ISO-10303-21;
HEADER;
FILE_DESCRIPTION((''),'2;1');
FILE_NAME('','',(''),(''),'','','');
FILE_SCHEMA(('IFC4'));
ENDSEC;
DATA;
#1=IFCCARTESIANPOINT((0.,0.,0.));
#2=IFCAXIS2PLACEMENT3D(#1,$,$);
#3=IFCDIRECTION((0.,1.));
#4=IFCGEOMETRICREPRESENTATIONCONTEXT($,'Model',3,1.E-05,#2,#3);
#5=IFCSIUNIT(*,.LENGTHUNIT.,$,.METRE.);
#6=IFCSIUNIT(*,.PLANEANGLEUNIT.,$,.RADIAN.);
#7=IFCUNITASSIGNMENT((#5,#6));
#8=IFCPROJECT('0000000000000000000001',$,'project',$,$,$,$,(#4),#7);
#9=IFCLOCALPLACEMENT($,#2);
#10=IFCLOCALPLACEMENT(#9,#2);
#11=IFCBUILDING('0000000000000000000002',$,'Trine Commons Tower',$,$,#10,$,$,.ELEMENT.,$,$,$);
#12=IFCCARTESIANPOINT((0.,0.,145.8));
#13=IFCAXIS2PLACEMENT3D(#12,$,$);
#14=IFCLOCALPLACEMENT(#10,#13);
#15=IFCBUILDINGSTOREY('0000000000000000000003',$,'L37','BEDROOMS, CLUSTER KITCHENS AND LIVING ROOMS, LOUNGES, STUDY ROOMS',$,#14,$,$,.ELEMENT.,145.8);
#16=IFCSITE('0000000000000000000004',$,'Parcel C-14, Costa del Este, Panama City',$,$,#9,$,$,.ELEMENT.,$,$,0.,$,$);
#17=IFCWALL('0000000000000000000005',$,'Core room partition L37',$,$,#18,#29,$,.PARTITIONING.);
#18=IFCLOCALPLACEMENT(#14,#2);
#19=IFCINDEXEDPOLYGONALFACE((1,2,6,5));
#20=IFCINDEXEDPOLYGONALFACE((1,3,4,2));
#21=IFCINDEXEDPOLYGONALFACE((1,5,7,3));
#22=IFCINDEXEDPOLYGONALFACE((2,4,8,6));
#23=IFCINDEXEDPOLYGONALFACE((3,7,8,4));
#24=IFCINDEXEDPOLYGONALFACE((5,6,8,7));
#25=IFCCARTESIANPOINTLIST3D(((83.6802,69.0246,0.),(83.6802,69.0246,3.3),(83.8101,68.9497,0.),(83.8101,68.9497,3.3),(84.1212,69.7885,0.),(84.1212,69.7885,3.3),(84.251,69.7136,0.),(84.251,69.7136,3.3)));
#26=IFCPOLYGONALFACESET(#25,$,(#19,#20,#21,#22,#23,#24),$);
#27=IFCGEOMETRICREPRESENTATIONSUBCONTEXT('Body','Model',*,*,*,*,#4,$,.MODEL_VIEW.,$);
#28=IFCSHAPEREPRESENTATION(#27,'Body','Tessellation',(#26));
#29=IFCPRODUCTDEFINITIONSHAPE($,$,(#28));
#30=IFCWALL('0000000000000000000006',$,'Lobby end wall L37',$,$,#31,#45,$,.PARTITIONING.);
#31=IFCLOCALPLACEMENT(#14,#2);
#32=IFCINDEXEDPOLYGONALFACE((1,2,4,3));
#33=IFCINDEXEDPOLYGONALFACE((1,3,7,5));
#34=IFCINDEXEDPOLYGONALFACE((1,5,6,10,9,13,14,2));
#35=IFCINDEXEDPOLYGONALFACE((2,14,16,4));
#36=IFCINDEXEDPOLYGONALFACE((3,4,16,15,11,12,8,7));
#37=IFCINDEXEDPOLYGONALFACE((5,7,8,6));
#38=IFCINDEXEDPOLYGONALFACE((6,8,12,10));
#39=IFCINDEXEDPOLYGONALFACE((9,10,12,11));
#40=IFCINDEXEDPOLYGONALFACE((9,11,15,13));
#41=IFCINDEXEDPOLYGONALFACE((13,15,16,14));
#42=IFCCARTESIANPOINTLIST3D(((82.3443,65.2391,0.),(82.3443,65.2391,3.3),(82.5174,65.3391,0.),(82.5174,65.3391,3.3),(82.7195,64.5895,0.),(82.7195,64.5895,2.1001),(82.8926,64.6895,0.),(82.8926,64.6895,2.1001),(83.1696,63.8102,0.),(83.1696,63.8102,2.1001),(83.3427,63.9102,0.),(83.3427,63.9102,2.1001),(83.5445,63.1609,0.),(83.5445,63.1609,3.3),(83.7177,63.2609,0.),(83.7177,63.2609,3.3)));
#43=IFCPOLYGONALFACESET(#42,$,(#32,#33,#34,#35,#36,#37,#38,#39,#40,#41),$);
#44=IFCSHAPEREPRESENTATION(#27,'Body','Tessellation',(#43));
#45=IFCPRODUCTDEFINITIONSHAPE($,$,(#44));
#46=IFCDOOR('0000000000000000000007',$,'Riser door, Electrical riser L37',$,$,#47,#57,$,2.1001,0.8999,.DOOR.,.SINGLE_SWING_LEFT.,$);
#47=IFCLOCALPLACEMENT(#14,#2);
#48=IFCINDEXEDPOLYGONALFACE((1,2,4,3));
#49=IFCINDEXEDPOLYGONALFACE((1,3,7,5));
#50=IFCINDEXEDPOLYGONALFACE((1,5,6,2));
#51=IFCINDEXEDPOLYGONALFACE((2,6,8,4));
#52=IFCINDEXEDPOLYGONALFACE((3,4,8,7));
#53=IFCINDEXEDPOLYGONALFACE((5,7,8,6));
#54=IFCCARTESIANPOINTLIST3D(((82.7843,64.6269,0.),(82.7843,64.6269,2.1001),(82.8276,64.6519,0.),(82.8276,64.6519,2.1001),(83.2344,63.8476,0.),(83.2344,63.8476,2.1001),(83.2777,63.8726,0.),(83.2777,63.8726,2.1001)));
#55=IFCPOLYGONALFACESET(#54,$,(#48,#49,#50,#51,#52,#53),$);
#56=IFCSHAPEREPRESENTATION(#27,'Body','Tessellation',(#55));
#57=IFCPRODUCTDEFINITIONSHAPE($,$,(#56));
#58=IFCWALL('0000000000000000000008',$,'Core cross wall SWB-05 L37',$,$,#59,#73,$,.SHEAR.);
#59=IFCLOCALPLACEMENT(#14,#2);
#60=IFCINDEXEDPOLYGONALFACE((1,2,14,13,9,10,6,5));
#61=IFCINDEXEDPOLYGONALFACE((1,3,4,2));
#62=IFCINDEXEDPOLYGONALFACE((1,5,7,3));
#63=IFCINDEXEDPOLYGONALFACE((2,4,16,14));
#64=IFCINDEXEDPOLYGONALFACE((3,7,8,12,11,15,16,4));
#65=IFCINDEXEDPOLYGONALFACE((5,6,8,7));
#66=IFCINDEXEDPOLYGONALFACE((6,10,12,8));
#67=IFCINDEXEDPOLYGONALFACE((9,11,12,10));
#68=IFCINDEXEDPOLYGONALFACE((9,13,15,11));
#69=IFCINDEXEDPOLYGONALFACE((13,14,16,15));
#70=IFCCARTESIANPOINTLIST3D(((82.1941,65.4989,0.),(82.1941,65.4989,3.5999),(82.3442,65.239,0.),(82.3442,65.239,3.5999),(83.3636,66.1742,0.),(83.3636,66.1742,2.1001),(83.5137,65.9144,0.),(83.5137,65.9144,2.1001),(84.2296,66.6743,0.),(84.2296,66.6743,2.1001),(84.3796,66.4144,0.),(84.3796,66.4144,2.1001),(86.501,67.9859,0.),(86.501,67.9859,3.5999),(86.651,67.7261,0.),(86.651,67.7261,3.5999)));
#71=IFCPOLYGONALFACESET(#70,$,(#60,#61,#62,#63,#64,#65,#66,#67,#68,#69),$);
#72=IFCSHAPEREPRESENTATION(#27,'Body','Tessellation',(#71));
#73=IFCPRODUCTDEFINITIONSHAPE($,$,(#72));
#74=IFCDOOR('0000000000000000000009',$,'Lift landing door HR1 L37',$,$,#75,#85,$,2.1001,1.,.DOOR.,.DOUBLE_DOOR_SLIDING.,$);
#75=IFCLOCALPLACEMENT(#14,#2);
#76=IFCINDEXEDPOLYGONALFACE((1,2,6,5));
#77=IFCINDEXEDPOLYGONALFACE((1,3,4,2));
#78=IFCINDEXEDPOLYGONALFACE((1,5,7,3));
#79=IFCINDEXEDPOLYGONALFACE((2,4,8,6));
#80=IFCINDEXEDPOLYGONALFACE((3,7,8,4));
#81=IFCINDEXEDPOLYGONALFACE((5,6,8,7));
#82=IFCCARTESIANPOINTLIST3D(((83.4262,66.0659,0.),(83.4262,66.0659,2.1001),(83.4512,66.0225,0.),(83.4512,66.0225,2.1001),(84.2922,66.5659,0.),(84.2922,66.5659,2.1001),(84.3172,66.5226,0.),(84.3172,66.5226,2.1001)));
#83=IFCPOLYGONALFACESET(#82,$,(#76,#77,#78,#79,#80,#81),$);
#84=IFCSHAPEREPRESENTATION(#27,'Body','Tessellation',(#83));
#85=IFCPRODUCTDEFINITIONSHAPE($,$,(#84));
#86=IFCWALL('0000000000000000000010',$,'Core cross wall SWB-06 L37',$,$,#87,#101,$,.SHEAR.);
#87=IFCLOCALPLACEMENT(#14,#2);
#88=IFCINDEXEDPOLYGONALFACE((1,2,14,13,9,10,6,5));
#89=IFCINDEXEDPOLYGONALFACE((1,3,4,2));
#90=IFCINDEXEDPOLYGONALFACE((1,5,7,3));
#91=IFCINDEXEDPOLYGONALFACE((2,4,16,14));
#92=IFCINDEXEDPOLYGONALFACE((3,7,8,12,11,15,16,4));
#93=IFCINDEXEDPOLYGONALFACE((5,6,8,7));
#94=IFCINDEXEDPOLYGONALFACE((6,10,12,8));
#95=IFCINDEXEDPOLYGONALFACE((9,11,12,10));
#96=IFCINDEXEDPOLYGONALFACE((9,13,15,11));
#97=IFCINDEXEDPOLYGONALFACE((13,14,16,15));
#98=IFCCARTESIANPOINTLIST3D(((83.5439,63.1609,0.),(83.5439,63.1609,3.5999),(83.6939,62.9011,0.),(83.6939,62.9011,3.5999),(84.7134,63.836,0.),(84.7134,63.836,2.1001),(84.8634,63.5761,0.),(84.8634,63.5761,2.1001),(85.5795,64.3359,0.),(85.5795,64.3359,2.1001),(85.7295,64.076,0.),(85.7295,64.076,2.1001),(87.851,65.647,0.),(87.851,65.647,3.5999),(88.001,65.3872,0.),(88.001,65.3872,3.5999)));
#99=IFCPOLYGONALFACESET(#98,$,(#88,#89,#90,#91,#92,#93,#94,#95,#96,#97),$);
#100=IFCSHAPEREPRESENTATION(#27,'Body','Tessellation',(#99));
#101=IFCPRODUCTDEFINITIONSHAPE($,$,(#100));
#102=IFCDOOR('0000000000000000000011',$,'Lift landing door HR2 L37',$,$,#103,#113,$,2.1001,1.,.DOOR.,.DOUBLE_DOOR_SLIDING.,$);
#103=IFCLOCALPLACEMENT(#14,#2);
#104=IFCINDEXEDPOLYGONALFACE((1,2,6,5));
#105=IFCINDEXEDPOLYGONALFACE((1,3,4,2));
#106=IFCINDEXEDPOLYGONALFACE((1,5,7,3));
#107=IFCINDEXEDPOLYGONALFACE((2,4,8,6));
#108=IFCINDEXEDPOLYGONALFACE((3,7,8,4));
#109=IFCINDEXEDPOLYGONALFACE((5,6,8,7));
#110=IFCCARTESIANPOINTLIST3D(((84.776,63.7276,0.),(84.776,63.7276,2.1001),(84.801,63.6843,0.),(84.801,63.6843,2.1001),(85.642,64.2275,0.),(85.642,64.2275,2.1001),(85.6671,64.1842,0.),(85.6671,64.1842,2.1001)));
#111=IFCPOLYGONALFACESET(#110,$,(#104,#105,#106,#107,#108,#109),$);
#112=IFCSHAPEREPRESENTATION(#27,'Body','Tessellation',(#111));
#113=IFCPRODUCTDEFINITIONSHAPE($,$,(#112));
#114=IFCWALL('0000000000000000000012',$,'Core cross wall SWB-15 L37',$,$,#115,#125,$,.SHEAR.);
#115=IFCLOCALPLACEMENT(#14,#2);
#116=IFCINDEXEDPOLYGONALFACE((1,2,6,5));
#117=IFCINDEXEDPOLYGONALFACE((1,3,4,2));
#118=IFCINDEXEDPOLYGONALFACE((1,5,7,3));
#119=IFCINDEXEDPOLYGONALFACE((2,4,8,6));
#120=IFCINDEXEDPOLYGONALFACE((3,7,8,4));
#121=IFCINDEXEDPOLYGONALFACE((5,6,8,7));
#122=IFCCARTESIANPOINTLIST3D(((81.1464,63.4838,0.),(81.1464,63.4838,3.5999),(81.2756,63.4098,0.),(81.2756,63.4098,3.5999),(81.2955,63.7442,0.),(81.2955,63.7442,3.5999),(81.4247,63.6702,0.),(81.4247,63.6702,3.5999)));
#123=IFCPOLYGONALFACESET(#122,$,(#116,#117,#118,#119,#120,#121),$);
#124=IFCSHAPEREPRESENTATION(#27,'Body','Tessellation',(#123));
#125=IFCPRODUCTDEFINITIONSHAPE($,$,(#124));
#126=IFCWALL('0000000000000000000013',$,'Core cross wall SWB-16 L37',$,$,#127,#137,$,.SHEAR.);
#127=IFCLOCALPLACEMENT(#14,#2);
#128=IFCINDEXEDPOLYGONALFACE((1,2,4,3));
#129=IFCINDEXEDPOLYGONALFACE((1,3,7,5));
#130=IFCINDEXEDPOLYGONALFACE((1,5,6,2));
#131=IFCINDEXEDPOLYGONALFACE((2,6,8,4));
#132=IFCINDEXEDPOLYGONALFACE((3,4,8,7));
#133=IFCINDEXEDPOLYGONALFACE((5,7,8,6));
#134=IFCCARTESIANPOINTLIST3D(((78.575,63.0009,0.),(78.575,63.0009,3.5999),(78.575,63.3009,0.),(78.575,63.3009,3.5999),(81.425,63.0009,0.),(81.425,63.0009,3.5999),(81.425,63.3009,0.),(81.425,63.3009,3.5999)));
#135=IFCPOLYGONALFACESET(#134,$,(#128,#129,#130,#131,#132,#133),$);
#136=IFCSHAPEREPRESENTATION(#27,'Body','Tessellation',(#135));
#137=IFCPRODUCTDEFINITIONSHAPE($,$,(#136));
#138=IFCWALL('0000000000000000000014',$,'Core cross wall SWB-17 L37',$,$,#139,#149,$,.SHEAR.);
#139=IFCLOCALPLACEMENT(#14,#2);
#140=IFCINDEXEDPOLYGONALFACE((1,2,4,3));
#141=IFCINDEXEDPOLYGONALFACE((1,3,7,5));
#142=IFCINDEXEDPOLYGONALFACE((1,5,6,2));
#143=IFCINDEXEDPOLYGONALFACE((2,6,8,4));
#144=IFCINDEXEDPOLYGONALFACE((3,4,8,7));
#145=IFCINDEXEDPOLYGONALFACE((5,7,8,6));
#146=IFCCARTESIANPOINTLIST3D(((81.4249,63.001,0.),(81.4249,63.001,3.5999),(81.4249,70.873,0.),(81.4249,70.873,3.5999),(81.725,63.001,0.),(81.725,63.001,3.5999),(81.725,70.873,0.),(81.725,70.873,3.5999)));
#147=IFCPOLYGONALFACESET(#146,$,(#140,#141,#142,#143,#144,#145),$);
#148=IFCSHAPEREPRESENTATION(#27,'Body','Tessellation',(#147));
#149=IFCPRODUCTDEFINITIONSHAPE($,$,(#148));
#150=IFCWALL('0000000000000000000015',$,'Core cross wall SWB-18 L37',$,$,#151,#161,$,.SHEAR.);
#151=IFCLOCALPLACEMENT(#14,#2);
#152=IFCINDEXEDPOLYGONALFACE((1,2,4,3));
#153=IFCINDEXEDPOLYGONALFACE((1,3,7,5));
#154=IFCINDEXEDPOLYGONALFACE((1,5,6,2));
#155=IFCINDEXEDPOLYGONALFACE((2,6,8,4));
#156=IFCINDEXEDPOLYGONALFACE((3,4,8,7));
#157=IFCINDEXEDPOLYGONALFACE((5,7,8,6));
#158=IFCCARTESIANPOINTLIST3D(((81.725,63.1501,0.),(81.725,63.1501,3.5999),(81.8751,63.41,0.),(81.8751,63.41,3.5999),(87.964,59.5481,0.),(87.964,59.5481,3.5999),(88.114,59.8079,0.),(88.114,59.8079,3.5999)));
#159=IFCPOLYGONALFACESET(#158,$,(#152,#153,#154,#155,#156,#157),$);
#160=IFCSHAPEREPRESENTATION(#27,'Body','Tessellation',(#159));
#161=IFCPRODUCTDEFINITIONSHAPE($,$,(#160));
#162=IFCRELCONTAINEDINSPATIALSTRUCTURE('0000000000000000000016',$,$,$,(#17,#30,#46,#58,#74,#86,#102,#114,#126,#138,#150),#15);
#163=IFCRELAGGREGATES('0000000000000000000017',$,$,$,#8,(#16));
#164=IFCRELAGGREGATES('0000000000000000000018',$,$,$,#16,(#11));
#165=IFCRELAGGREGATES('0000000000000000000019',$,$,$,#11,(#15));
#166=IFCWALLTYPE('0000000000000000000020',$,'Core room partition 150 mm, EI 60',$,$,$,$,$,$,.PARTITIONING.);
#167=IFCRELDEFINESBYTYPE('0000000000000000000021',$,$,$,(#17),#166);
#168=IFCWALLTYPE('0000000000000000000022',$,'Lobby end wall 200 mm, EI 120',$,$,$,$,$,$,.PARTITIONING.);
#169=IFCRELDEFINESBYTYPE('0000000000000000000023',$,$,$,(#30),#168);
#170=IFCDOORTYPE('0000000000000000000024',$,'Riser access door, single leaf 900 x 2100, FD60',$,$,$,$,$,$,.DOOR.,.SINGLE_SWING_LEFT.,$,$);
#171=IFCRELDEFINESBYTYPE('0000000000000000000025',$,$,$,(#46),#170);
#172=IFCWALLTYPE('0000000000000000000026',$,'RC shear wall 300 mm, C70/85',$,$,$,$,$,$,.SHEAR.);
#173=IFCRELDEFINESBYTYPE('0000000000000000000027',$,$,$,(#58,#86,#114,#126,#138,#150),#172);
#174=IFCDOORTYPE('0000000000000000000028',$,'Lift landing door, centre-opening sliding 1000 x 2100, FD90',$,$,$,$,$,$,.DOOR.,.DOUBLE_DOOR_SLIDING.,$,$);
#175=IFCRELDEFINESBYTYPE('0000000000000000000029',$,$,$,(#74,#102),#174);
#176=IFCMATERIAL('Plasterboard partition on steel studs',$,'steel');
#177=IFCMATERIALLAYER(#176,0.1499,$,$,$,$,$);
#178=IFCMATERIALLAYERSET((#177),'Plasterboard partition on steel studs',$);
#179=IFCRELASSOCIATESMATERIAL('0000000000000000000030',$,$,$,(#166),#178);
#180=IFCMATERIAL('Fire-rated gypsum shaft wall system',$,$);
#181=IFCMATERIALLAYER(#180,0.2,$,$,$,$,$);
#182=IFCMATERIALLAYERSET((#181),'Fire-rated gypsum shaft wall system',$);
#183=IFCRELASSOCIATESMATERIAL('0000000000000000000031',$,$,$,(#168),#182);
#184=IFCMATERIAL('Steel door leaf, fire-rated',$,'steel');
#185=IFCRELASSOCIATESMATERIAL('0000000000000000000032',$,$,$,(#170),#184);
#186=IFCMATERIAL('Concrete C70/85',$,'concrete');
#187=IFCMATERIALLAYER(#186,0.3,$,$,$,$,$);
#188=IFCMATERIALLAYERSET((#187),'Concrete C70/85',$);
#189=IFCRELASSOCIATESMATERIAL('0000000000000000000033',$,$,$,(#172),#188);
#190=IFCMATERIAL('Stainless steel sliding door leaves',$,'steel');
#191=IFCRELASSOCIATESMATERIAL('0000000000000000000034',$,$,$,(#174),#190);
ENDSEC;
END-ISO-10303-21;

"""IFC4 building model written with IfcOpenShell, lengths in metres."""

from ifc_helpers import new_model, si_unit, direction, frame, frame_2d, origin, place, context, subcontext, project, spatial, rectangle, extrude, material, layer, layer_set, type_object, element, fill, save


model = new_model("IFC4")

# Units and contexts
model_context = context("Model", 3, precision=1e-05, world=origin(), true_north=direction((0.0, 1.0)))
body_context = subcontext(model_context, "Body", "Model", "MODEL_VIEW")
ifc_project = project(units=[si_unit("LENGTHUNIT", "METRE"), si_unit("PLANEANGLEUNIT", "RADIAN")], contexts=[model_context])

# Site, building, storey
site_placement = place(None, origin())
site = spatial("IfcSite", under=ifc_project, at=site_placement, Name="Parcel C-14, Costa del Este, Panama City", CompositionType="ELEMENT", RefElevation=0.0)
building_placement = place(site_placement, origin())
building = spatial("IfcBuilding", under=site, at=building_placement, Name="Trine Commons Tower", CompositionType="ELEMENT")
storey_placement = place(building_placement, frame((0.0, 0.0, 145.8)))
storey = spatial("IfcBuildingStorey", under=building, at=storey_placement, Name="L37", Description="BEDROOMS, CLUSTER KITCHENS AND LIVING ROOMS, LOUNGES, STUDY ROOMS", CompositionType="ELEMENT", Elevation=145.8)

# Wall
ifc_material_1 = material(Name="Plasterboard partition on steel studs", Category="steel")
ifc_layer_1 = layer(ifc_material_1, 0.1499)
ifc_layer_set_1 = layer_set([ifc_layer_1], Name="Plasterboard partition on steel studs")
wall_type_1 = type_object("IfcWallType", Name="Core room partition 150 mm, EI 60", PredefinedType="PARTITIONING", material=ifc_layer_set_1)
wall_1_placement = place(storey_placement, frame((84.186, 69.751, 0.0), z_axis=(0.0, 0.0, 1.0), x_axis=(-0.49989, -0.866089, 0.0)))
element("IfcWall", 1, at=wall_1_placement, inside=storey, type_object=wall_type_1, Name="Core room partition L37", PredefinedType="PARTITIONING", context=body_context, shape_type="SweptSolid", body=[
    extrude(rectangle(XDim=0.8821, YDim=0.1499, at=frame_2d((0.4409, 0.0))), origin(), (0.0, 0.0, 1.0), 3.3),
])

# Walls, openings, doors
ifc_material_2 = material(Name="Fire-rated gypsum shaft wall system")
ifc_layer_2 = layer(ifc_material_2, 0.2)
ifc_layer_set_2 = layer_set([ifc_layer_2], Name="Fire-rated gypsum shaft wall system")
wall_type_2 = type_object("IfcWallType", Name="Lobby end wall 200 mm, EI 120", PredefinedType="PARTITIONING", material=ifc_layer_set_2)
wall_2_placement = place(storey_placement, frame((83.6311, 63.2109, 0.0), z_axis=(0.0, 0.0, 1.0), x_axis=(-0.500122, 0.865955, 0.0)))
wall_2 = element("IfcWall", 2, at=wall_2_placement, inside=storey, type_object=wall_type_2, Name="Lobby end wall L37", PredefinedType="PARTITIONING", context=body_context, shape_type="SweptSolid", body=[
    extrude(rectangle(XDim=2.3999, YDim=0.2, at=frame_2d((1.2, 0.0))), origin(), (0.0, 0.0, 1.0), 3.3),
])
opening_1_placement = place(wall_2_placement, frame((0.7498, 0.0, 0.0)))
opening_1 = element("IfcOpeningElement", 3, at=opening_1_placement, cuts=wall_2, PredefinedType="OPENING", context=body_context, shape_type="SweptSolid", body=[
    extrude(rectangle(XDim=0.8999, YDim=2.1001, at=frame_2d((0.45, 1.05))), frame((0.0, 0.1099, 0.0), z_axis=(0.0, -1.0, 0.0), x_axis=(1.0, 0.0, 0.0)), (0.0, 0.0, 1.0), 0.22),
])
ifc_material_3 = material(Name="Steel door leaf, fire-rated", Category="steel")
door_type_1 = type_object("IfcDoorType", Name="Riser access door, single leaf 900 x 2100, FD60", OperationType="SINGLE_SWING_LEFT", PredefinedType="DOOR", material=ifc_material_3)
door_1_placement = place(opening_1_placement, frame((0.8999, 0.0, 0.0), z_axis=(0.0, 0.0, 1.0), x_axis=(-1.0, 0.0, 0.0)))
door_1 = element("IfcDoor", 4, at=door_1_placement, inside=storey, type_object=door_type_1, Name="Riser door, Electrical riser L37", OperationType="SINGLE_SWING_LEFT", OverallHeight=2.1001, OverallWidth=0.8999, PredefinedType="DOOR", context=body_context, shape_type="SweptSolid", body=[
    extrude(rectangle(XDim=0.8999, YDim=2.1001, at=frame_2d((0.45, 1.05))), frame((0.0, 0.0249, 0.0), z_axis=(0.0, -1.0, 0.0), x_axis=(1.0, 0.0, 0.0)), (0.0, 0.0, 1.0), 0.05),
])
fill(opening_1, door_1)
ifc_material_4 = material(Name="Concrete C70/85", Category="concrete")
ifc_layer_3 = layer(ifc_material_4, 0.3)
ifc_layer_set_3 = layer_set([ifc_layer_3], Name="Concrete C70/85")
wall_type_3 = type_object("IfcWallType", Name="RC shear wall 300 mm, C70/85", PredefinedType="SHEAR", material=ifc_layer_set_3)
wall_3_placement = place(storey_placement, frame((82.269, 65.3689, 0.0), z_axis=(0.0, 0.0, 1.0), x_axis=(0.865984, 0.500072, 0.0)))
wall_3 = element("IfcWall", 5, at=wall_3_placement, inside=storey, type_object=wall_type_3, Name="Core cross wall SWB-05 L37", PredefinedType="SHEAR", context=body_context, shape_type="SweptSolid", body=[
    extrude(rectangle(XDim=4.9734, YDim=0.3, at=frame_2d((2.4868, 0.0))), origin(), (0.0, 0.0, 1.0), 3.5999),
])
opening_2_placement = place(wall_3_placement, frame((1.3506, 0.0, 0.0)))
opening_2 = element("IfcOpeningElement", 6, at=opening_2_placement, cuts=wall_3, PredefinedType="OPENING", context=body_context, shape_type="SweptSolid", body=[
    extrude(rectangle(XDim=1.0, YDim=2.1001, at=frame_2d((0.5, 1.05))), frame((0.0, 0.1599, 0.0), z_axis=(0.0, -1.0, 0.0), x_axis=(1.0, 0.0, 0.0)), (0.0, 0.0, 1.0), 0.3201),
])
ifc_material_5 = material(Name="Stainless steel sliding door leaves", Category="steel")
door_type_2 = type_object("IfcDoorType", Name="Lift landing door, centre-opening sliding 1000 x 2100, FD90", OperationType="DOUBLE_DOOR_SLIDING", PredefinedType="DOOR", material=ifc_material_5)
door_2_placement = place(opening_2_placement, origin())
door_2 = element("IfcDoor", 7, at=door_2_placement, inside=storey, type_object=door_type_2, Name="Lift landing door HR1 L37", OperationType="DOUBLE_DOOR_SLIDING", OverallHeight=2.1001, OverallWidth=1.0, PredefinedType="DOOR", context=body_context, shape_type="SweptSolid", body=[
    extrude(rectangle(XDim=1.0, YDim=2.1001, at=frame_2d((0.5, 1.05))), frame((0.0, 0.0249, 0.0), z_axis=(0.0, -1.0, 0.0), x_axis=(1.0, 0.0, 0.0)), (0.0, 0.0, 1.0), 0.05),
])
fill(opening_2, door_2)
wall_4_placement = place(storey_placement, frame((83.6189, 63.031, 0.0), z_axis=(0.0, 0.0, 1.0), x_axis=(0.866081, 0.499904, 0.0)))
wall_4 = element("IfcWall", 8, at=wall_4_placement, inside=storey, type_object=wall_type_3, Name="Core cross wall SWB-06 L37", PredefinedType="SHEAR", context=body_context, shape_type="SweptSolid", body=[
    extrude(rectangle(XDim=4.9731, YDim=0.3, at=frame_2d((2.4866, 0.0))), origin(), (0.0, 0.0, 1.0), 3.5999),
])
opening_3_placement = place(wall_4_placement, frame((1.3503, 0.0, 0.0)))
opening_3 = element("IfcOpeningElement", 9, at=opening_3_placement, cuts=wall_4, PredefinedType="OPENING", context=body_context, shape_type="SweptSolid", body=[
    extrude(rectangle(XDim=1.0, YDim=2.1001, at=frame_2d((0.5, 1.05))), frame((0.0, 0.1599, 0.0), z_axis=(0.0, -1.0, 0.0), x_axis=(1.0, 0.0, 0.0)), (0.0, 0.0, 1.0), 0.3201),
])
door_3_placement = place(opening_3_placement, origin())
door_3 = element("IfcDoor", 10, at=door_3_placement, inside=storey, type_object=door_type_2, Name="Lift landing door HR2 L37", OperationType="DOUBLE_DOOR_SLIDING", OverallHeight=2.1001, OverallWidth=1.0, PredefinedType="DOOR", context=body_context, shape_type="SweptSolid", body=[
    extrude(rectangle(XDim=1.0, YDim=2.1001, at=frame_2d((0.5, 1.05))), frame((0.0, 0.0249, 0.0), z_axis=(0.0, -1.0, 0.0), x_axis=(1.0, 0.0, 0.0)), (0.0, 0.0, 1.0), 0.05),
])
fill(opening_3, door_3)

# Walls
wall_5_placement = place(storey_placement, frame((81.2209, 63.614, 0.0), z_axis=(0.0, 0.0, 1.0), x_axis=(0.867738, -0.497022, 0.0)))
element("IfcWall", 11, at=wall_5_placement, inside=storey, type_object=wall_type_3, Name="Core cross wall SWB-15 L37", PredefinedType="SHEAR", context=body_context, shape_type="SweptSolid", body=[
    extrude(rectangle(XDim=0.1489, YDim=0.3, at=frame_2d((0.0745, 0.0))), origin(), (0.0, 0.0, 1.0), 3.5999),
])
wall_6_placement = place(storey_placement, frame((81.425, 63.1509, 0.0), z_axis=(0.0, 0.0, 1.0), x_axis=(-1.0, 0.0, 0.0)))
element("IfcWall", 12, at=wall_6_placement, inside=storey, type_object=wall_type_3, Name="Core cross wall SWB-16 L37", PredefinedType="SHEAR", context=body_context, shape_type="SweptSolid", body=[
    extrude(rectangle(XDim=2.8501, YDim=0.3, at=frame_2d((1.425, 0.0))), origin(), (0.0, 0.0, 1.0), 3.5999),
])
wall_7_placement = place(storey_placement, frame((81.575, 63.001, 0.0), z_axis=(0.0, 0.0, 1.0), x_axis=(0.0, 1.0, 0.0)))
element("IfcWall", 13, at=wall_7_placement, inside=storey, type_object=wall_type_3, Name="Core cross wall SWB-17 L37", PredefinedType="SHEAR", context=body_context, shape_type="SweptSolid", body=[
    extrude(rectangle(XDim=7.8721, YDim=0.3, at=frame_2d((3.936, 0.0))), origin(), (0.0, 0.0, 1.0), 3.5999),
])
wall_8_placement = place(storey_placement, frame((81.8, 63.28, 0.0), z_axis=(0.0, 0.0, 1.0), x_axis=(0.866028, -0.499995, 0.0)))
element("IfcWall", 14, at=wall_8_placement, inside=storey, type_object=wall_type_3, Name="Core cross wall SWB-18 L37", PredefinedType="SHEAR", context=body_context, shape_type="SweptSolid", body=[
    extrude(rectangle(XDim=7.2041, YDim=0.3, at=frame_2d((3.6021, 0.0))), origin(), (0.0, 0.0, 1.0), 3.5999),
])

save(model, "model.ifc")
